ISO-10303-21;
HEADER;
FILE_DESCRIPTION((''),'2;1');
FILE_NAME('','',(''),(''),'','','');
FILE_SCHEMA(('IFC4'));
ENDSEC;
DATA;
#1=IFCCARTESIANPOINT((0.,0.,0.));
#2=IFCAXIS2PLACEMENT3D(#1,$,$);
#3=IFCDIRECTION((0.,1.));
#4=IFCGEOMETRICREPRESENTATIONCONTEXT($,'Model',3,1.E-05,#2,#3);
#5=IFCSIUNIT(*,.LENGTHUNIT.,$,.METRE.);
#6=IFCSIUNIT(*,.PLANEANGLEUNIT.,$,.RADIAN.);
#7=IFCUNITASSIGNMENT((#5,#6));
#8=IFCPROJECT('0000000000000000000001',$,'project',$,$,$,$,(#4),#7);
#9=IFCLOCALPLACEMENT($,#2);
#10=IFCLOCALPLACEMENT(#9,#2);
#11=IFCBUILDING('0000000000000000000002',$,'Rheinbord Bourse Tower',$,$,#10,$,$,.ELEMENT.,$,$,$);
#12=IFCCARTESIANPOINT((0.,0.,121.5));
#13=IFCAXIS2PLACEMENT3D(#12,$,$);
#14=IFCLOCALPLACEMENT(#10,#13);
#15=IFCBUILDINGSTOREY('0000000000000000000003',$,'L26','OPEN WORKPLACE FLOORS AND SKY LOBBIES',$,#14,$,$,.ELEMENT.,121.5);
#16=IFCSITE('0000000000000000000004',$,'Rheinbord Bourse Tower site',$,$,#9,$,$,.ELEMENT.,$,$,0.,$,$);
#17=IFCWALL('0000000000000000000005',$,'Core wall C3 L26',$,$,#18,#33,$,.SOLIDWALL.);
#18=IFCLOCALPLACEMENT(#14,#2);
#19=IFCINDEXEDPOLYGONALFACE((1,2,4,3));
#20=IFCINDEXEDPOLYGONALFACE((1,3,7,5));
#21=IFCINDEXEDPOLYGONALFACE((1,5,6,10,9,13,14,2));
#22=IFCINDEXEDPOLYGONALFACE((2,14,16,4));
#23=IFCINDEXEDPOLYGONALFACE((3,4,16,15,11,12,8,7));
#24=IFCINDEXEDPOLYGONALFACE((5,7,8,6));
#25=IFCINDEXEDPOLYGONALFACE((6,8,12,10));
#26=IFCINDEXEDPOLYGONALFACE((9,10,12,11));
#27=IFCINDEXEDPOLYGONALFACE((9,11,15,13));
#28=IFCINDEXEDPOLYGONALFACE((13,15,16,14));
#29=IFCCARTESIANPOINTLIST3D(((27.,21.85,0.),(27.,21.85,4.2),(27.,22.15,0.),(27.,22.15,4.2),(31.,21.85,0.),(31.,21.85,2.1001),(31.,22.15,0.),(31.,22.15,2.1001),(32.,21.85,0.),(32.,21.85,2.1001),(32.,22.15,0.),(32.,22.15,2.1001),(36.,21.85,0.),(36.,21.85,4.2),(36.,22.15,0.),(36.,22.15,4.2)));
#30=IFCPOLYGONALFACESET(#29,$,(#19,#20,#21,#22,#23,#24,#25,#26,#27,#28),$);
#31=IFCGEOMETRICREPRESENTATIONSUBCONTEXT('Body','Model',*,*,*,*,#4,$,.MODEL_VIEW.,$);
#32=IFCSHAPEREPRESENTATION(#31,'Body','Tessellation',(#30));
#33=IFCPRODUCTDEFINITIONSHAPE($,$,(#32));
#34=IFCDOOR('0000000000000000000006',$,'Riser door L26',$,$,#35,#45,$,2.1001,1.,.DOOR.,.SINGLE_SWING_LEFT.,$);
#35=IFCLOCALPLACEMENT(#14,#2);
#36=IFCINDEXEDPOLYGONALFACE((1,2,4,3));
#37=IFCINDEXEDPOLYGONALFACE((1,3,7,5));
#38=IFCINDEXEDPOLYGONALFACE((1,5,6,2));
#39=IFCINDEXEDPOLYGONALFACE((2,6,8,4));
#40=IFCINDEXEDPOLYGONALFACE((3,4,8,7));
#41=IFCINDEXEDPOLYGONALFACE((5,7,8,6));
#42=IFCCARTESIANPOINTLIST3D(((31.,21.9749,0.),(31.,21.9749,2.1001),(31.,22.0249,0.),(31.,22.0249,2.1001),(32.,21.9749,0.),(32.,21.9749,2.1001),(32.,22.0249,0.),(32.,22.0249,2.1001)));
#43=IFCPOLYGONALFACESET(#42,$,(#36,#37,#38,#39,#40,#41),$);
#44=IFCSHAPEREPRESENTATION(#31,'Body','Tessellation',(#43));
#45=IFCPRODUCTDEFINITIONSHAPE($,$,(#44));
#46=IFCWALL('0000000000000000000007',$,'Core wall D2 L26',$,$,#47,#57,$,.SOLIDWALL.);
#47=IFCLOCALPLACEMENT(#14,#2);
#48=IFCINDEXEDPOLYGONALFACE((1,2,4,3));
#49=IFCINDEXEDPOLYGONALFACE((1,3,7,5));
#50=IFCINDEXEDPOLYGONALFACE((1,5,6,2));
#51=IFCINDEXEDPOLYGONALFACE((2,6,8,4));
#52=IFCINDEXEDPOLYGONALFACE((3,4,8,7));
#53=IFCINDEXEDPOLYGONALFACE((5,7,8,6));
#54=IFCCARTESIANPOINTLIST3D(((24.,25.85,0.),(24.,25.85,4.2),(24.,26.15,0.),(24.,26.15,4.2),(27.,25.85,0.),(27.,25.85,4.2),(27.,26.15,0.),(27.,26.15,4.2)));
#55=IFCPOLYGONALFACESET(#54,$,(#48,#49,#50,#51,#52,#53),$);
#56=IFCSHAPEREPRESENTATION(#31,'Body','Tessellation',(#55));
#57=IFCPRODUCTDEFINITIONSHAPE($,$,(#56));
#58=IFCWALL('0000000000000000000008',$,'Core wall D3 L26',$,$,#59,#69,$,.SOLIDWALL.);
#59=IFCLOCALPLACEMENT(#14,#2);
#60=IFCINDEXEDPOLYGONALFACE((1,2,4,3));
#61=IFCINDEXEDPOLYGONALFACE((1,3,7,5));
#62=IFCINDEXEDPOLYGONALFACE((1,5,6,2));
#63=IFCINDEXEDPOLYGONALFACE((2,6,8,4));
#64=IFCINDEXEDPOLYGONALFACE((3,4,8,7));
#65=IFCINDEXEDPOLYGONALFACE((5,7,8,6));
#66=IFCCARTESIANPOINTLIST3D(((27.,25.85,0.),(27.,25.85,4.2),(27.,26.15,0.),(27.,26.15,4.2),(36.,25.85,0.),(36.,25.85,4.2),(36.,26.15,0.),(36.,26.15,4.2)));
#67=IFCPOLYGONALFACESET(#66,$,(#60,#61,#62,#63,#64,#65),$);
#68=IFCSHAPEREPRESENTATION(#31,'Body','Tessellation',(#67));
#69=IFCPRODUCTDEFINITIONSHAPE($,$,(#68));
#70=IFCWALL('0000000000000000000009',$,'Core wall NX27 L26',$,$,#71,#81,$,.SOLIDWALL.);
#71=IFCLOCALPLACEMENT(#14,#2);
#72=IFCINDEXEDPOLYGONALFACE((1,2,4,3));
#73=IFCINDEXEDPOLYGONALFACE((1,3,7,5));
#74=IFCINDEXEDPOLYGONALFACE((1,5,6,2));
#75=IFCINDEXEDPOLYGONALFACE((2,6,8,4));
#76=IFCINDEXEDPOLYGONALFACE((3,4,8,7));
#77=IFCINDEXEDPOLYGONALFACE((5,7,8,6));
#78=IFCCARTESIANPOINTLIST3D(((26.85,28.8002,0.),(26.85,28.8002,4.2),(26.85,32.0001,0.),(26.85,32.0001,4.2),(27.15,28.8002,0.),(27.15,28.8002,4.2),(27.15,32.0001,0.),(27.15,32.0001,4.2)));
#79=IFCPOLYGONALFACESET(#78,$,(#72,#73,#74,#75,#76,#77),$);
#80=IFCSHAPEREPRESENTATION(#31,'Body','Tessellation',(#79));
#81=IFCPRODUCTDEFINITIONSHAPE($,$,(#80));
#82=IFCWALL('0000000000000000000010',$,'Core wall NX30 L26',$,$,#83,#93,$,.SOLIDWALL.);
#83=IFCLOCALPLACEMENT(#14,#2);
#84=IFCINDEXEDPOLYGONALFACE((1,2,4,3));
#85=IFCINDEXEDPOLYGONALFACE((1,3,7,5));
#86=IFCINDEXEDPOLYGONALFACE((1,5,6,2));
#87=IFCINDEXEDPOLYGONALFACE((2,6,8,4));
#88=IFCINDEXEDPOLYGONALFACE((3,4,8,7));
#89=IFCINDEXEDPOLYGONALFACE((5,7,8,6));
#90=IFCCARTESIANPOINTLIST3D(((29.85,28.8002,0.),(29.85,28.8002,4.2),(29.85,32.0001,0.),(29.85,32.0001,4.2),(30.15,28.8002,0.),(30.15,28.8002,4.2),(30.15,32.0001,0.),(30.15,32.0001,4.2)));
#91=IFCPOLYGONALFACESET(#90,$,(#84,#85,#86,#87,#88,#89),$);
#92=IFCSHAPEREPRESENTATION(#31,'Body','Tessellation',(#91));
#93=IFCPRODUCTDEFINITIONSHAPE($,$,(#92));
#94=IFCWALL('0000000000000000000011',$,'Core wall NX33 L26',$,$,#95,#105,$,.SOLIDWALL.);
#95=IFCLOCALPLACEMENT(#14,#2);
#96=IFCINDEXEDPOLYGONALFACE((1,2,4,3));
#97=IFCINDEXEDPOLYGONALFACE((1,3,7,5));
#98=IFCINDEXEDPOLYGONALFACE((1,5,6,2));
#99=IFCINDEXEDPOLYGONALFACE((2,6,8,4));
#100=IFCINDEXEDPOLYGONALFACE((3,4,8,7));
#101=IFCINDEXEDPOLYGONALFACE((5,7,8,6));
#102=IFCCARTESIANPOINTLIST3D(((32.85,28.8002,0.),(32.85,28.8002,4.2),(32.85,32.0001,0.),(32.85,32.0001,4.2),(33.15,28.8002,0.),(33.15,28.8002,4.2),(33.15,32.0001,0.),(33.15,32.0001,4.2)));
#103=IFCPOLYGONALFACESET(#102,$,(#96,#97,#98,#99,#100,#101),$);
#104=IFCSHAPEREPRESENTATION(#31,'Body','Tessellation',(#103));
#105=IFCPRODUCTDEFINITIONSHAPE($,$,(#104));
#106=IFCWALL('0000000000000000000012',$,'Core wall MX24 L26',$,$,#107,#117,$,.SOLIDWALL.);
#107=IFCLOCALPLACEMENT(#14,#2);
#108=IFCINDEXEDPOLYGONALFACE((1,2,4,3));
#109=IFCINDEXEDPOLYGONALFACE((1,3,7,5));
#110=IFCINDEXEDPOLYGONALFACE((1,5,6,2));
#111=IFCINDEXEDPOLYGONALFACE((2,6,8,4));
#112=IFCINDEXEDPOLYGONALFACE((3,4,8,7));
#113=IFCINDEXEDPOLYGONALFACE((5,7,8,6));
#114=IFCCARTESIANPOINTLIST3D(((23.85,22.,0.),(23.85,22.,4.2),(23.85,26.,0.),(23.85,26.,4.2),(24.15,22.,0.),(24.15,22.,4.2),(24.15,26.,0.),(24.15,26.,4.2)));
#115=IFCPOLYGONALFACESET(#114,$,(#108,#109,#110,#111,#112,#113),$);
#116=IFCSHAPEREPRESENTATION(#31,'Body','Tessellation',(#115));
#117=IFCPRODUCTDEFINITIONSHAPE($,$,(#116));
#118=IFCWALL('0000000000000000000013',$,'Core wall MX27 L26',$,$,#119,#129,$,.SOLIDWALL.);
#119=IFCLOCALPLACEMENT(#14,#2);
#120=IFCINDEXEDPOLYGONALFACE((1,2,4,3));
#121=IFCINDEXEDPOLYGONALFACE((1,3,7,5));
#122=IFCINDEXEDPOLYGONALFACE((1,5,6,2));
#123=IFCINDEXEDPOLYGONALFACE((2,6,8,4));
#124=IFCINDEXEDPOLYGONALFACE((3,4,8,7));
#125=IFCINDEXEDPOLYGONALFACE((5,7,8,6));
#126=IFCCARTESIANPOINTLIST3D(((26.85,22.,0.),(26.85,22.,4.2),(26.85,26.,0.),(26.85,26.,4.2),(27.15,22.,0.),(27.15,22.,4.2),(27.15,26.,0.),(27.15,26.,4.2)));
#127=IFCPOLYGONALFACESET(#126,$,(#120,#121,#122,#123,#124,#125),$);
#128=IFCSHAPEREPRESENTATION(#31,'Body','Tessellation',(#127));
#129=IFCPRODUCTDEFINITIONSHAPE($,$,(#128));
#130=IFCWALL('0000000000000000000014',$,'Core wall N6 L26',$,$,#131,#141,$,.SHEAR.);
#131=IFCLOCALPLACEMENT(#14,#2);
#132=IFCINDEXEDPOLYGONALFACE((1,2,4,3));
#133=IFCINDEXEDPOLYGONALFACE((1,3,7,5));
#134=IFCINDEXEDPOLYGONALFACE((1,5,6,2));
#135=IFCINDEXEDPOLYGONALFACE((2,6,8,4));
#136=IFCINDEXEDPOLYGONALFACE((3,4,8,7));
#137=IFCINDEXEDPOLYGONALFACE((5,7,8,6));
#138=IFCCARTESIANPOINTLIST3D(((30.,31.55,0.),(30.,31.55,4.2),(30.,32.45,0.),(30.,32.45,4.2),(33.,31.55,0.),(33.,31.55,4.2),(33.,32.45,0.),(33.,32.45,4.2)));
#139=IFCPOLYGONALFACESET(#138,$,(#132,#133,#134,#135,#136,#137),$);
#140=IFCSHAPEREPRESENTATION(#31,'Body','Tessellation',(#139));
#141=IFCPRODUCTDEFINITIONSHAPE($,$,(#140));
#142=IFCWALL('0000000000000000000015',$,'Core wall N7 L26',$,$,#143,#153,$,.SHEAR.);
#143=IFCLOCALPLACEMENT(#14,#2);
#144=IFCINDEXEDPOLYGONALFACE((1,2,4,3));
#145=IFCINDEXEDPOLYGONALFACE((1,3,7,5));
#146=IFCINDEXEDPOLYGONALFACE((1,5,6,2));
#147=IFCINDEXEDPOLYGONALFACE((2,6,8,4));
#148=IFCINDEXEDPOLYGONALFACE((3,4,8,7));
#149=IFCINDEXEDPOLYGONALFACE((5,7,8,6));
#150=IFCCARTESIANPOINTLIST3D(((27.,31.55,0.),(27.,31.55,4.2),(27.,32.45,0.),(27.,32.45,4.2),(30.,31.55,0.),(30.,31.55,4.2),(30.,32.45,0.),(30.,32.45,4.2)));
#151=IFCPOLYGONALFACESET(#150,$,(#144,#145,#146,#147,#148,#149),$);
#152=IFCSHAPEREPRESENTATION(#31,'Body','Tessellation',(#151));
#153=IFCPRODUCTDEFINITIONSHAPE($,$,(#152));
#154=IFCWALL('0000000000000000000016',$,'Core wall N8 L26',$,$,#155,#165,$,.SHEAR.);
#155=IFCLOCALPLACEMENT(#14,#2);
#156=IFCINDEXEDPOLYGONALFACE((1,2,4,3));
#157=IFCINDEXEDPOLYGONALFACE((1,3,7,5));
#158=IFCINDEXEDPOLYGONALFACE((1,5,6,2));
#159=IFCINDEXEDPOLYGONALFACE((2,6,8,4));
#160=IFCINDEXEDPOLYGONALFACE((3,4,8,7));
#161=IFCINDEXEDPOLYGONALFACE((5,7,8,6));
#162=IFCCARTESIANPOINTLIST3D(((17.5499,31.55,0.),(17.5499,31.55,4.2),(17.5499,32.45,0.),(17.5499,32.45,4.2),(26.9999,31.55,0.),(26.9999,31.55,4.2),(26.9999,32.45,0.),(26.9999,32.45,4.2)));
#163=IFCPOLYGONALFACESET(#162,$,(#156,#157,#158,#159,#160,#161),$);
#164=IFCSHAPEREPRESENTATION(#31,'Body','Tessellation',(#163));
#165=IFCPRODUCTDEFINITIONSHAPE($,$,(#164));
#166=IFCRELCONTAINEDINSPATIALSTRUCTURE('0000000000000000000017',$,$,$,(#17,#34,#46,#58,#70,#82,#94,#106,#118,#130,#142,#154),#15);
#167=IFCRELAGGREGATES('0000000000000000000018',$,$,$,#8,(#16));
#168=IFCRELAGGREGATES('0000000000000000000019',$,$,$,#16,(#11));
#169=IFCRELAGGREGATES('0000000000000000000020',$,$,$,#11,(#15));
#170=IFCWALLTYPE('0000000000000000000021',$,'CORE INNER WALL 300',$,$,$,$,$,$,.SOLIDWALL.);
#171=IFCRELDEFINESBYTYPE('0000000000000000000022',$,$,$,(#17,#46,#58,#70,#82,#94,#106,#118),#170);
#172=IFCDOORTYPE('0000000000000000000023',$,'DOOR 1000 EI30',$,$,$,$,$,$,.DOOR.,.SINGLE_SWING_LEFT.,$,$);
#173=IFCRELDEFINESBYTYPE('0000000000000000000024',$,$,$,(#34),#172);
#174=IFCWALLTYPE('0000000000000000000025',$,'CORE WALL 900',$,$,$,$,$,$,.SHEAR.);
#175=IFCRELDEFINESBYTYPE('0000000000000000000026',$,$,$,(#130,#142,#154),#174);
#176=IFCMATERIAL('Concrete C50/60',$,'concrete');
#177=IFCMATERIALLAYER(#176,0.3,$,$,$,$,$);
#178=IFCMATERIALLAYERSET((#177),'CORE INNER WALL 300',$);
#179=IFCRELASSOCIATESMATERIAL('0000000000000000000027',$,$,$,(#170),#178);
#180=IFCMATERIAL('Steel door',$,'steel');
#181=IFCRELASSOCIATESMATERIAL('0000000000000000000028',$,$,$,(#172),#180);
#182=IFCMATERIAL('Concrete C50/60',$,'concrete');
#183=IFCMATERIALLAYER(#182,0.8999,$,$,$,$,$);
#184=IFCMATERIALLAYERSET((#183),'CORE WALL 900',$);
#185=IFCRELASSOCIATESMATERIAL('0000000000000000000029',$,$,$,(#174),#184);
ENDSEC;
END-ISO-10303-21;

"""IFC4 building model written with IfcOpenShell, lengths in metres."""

from ifc_helpers import new_model, si_unit, direction, frame, frame_2d, origin, place, context, subcontext, project, spatial, rectangle, extrude, material, layer, layer_set, type_object, element, fill, save


model = new_model("IFC4")

# Units and contexts
model_context = context("Model", 3, precision=1e-05, world=origin(), true_north=direction((0.0, 1.0)))
body_context = subcontext(model_context, "Body", "Model", "MODEL_VIEW")
ifc_project = project(units=[si_unit("LENGTHUNIT", "METRE"), si_unit("PLANEANGLEUNIT", "RADIAN")], contexts=[model_context])

# Site, building, storey
site_placement = place(None, origin())
site = spatial("IfcSite", under=ifc_project, at=site_placement, Name="Rheinbord Bourse Tower site", CompositionType="ELEMENT", RefElevation=0.0)
building_placement = place(site_placement, origin())
building = spatial("IfcBuilding", under=site, at=building_placement, Name="Rheinbord Bourse Tower", CompositionType="ELEMENT")
storey_placement = place(building_placement, frame((0.0, 0.0, 121.5)))
storey = spatial("IfcBuildingStorey", under=building, at=storey_placement, Name="L26", Description="OPEN WORKPLACE FLOORS AND SKY LOBBIES", CompositionType="ELEMENT", Elevation=121.5)

# Wall, opening, door
ifc_material_1 = material(Name="Concrete C50/60", Category="concrete")
ifc_layer_1 = layer(ifc_material_1, 0.3)
ifc_layer_set_1 = layer_set([ifc_layer_1], Name="CORE INNER WALL 300")
wall_type_1 = type_object("IfcWallType", Name="CORE INNER WALL 300", PredefinedType="SOLIDWALL", material=ifc_layer_set_1)
wall_1_placement = place(storey_placement, frame((27.0, 22.0, 0.0), z_axis=(0.0, 0.0, 1.0), x_axis=(1.0, 0.0, 0.0)))
wall_1 = element("IfcWall", 1, at=wall_1_placement, inside=storey, type_object=wall_type_1, Name="Core wall C3 L26", PredefinedType="SOLIDWALL", context=body_context, shape_type="SweptSolid", body=[
    extrude(rectangle(XDim=9.0, YDim=0.3, at=frame_2d((4.5, 0.0))), origin(), (0.0, 0.0, 1.0), 4.2),
])
opening_1_placement = place(wall_1_placement, frame((4.0, 0.0, 0.0)))
opening_1 = element("IfcOpeningElement", 2, at=opening_1_placement, cuts=wall_1, PredefinedType="OPENING", context=body_context, shape_type="SweptSolid", body=[
    extrude(rectangle(XDim=1.0, YDim=2.1001, at=frame_2d((0.5, 1.05))), frame((0.0, 0.1599, 0.0), z_axis=(0.0, -1.0, 0.0), x_axis=(1.0, 0.0, 0.0)), (0.0, 0.0, 1.0), 0.3201),
])
ifc_material_2 = material(Name="Steel door", Category="steel")
door_type_1 = type_object("IfcDoorType", Name="DOOR 1000 EI30", OperationType="SINGLE_SWING_LEFT", PredefinedType="DOOR", material=ifc_material_2)
door_1_placement = place(opening_1_placement, origin())
door_1 = element("IfcDoor", 3, at=door_1_placement, inside=storey, type_object=door_type_1, Name="Riser door L26", OperationType="SINGLE_SWING_LEFT", OverallHeight=2.1001, OverallWidth=1.0, PredefinedType="DOOR", context=body_context, shape_type="SweptSolid", body=[
    extrude(rectangle(XDim=1.0, YDim=2.1001, at=frame_2d((0.5, 1.05))), frame((0.0, 0.0249, 0.0), z_axis=(0.0, -1.0, 0.0), x_axis=(1.0, 0.0, 0.0)), (0.0, 0.0, 1.0), 0.05),
])
fill(opening_1, door_1)

# Walls
wall_2_placement = place(storey_placement, frame((24.0, 26.0, 0.0), z_axis=(0.0, 0.0, 1.0), x_axis=(1.0, 0.0, 0.0)))
element("IfcWall", 4, at=wall_2_placement, inside=storey, type_object=wall_type_1, Name="Core wall D2 L26", PredefinedType="SOLIDWALL", context=body_context, shape_type="SweptSolid", body=[
    extrude(rectangle(XDim=3.0, YDim=0.3, at=frame_2d((1.5, 0.0))), origin(), (0.0, 0.0, 1.0), 4.2),
])
wall_3_placement = place(storey_placement, frame((27.0, 26.0, 0.0), z_axis=(0.0, 0.0, 1.0), x_axis=(1.0, 0.0, 0.0)))
element("IfcWall", 5, at=wall_3_placement, inside=storey, type_object=wall_type_1, Name="Core wall D3 L26", PredefinedType="SOLIDWALL", context=body_context, shape_type="SweptSolid", body=[
    extrude(rectangle(XDim=9.0, YDim=0.3, at=frame_2d((4.5, 0.0))), origin(), (0.0, 0.0, 1.0), 4.2),
])
for number, where, z_axis, x_axis, name in (
    (6, (27.0, 28.8, 0.0), (0.0, 0.0, 1.0), (0.0, 1.0, 0.0), "Core wall NX27 L26"),
    (7, (30.0, 28.8, 0.0), (0.0, 0.0, 1.0), (0.0, 1.0, 0.0), "Core wall NX30 L26"),
    (8, (33.0, 28.8, 0.0), (0.0, 0.0, 1.0), (0.0, 1.0, 0.0), "Core wall NX33 L26"),
):
    element("IfcWall", number, at=place(storey_placement, frame(where, z_axis=z_axis, x_axis=x_axis)), inside=storey, type_object=wall_type_1, Name=name, PredefinedType="SOLIDWALL", context=body_context, shape_type="SweptSolid", body=[
        extrude(rectangle(XDim=3.2, YDim=0.3, at=frame_2d((1.6001, 0.0))), origin(), (0.0, 0.0, 1.0), 4.2),
    ])
for number, where, z_axis, x_axis, name in (
    (9, (24.0, 22.0, 0.0), (0.0, 0.0, 1.0), (0.0, 1.0, 0.0), "Core wall MX24 L26"),
    (10, (27.0, 22.0, 0.0), (0.0, 0.0, 1.0), (0.0, 1.0, 0.0), "Core wall MX27 L26"),
):
    element("IfcWall", number, at=place(storey_placement, frame(where, z_axis=z_axis, x_axis=x_axis)), inside=storey, type_object=wall_type_1, Name=name, PredefinedType="SOLIDWALL", context=body_context, shape_type="SweptSolid", body=[
        extrude(rectangle(XDim=4.0, YDim=0.3, at=frame_2d((2.0, 0.0))), origin(), (0.0, 0.0, 1.0), 4.2),
    ])
ifc_material_3 = material(Name="Concrete C50/60", Category="concrete")
ifc_layer_2 = layer(ifc_material_3, 0.8999)
ifc_layer_set_2 = layer_set([ifc_layer_2], Name="CORE WALL 900")
wall_type_2 = type_object("IfcWallType", Name="CORE WALL 900", PredefinedType="SHEAR", material=ifc_layer_set_2)
for number, where, z_axis, x_axis, name in (
    (11, (33.0, 32.0, 0.0), (0.0, 0.0, 1.0), (-1.0, 0.0, 0.0), "Core wall N6 L26"),
    (12, (30.0, 32.0, 0.0), (0.0, 0.0, 1.0), (-1.0, 0.0, 0.0), "Core wall N7 L26"),
):
    element("IfcWall", number, at=place(storey_placement, frame(where, z_axis=z_axis, x_axis=x_axis)), inside=storey, type_object=wall_type_2, Name=name, PredefinedType="SHEAR", context=body_context, shape_type="SweptSolid", body=[
        extrude(rectangle(XDim=3.0, YDim=0.8999, at=frame_2d((1.5, 0.0))), origin(), (0.0, 0.0, 1.0), 4.2),
    ])
wall_4_placement = place(storey_placement, frame((27.0, 32.0, 0.0), z_axis=(0.0, 0.0, 1.0), x_axis=(-1.0, 0.0, 0.0)))
element("IfcWall", 13, at=wall_4_placement, inside=storey, type_object=wall_type_2, Name="Core wall N8 L26", PredefinedType="SHEAR", context=body_context, shape_type="SweptSolid", body=[
    extrude(rectangle(XDim=9.45, YDim=0.8999, at=frame_2d((4.7251, 0.0))), origin(), (0.0, 0.0, 1.0), 4.2),
])

save(model, "model.ifc")
